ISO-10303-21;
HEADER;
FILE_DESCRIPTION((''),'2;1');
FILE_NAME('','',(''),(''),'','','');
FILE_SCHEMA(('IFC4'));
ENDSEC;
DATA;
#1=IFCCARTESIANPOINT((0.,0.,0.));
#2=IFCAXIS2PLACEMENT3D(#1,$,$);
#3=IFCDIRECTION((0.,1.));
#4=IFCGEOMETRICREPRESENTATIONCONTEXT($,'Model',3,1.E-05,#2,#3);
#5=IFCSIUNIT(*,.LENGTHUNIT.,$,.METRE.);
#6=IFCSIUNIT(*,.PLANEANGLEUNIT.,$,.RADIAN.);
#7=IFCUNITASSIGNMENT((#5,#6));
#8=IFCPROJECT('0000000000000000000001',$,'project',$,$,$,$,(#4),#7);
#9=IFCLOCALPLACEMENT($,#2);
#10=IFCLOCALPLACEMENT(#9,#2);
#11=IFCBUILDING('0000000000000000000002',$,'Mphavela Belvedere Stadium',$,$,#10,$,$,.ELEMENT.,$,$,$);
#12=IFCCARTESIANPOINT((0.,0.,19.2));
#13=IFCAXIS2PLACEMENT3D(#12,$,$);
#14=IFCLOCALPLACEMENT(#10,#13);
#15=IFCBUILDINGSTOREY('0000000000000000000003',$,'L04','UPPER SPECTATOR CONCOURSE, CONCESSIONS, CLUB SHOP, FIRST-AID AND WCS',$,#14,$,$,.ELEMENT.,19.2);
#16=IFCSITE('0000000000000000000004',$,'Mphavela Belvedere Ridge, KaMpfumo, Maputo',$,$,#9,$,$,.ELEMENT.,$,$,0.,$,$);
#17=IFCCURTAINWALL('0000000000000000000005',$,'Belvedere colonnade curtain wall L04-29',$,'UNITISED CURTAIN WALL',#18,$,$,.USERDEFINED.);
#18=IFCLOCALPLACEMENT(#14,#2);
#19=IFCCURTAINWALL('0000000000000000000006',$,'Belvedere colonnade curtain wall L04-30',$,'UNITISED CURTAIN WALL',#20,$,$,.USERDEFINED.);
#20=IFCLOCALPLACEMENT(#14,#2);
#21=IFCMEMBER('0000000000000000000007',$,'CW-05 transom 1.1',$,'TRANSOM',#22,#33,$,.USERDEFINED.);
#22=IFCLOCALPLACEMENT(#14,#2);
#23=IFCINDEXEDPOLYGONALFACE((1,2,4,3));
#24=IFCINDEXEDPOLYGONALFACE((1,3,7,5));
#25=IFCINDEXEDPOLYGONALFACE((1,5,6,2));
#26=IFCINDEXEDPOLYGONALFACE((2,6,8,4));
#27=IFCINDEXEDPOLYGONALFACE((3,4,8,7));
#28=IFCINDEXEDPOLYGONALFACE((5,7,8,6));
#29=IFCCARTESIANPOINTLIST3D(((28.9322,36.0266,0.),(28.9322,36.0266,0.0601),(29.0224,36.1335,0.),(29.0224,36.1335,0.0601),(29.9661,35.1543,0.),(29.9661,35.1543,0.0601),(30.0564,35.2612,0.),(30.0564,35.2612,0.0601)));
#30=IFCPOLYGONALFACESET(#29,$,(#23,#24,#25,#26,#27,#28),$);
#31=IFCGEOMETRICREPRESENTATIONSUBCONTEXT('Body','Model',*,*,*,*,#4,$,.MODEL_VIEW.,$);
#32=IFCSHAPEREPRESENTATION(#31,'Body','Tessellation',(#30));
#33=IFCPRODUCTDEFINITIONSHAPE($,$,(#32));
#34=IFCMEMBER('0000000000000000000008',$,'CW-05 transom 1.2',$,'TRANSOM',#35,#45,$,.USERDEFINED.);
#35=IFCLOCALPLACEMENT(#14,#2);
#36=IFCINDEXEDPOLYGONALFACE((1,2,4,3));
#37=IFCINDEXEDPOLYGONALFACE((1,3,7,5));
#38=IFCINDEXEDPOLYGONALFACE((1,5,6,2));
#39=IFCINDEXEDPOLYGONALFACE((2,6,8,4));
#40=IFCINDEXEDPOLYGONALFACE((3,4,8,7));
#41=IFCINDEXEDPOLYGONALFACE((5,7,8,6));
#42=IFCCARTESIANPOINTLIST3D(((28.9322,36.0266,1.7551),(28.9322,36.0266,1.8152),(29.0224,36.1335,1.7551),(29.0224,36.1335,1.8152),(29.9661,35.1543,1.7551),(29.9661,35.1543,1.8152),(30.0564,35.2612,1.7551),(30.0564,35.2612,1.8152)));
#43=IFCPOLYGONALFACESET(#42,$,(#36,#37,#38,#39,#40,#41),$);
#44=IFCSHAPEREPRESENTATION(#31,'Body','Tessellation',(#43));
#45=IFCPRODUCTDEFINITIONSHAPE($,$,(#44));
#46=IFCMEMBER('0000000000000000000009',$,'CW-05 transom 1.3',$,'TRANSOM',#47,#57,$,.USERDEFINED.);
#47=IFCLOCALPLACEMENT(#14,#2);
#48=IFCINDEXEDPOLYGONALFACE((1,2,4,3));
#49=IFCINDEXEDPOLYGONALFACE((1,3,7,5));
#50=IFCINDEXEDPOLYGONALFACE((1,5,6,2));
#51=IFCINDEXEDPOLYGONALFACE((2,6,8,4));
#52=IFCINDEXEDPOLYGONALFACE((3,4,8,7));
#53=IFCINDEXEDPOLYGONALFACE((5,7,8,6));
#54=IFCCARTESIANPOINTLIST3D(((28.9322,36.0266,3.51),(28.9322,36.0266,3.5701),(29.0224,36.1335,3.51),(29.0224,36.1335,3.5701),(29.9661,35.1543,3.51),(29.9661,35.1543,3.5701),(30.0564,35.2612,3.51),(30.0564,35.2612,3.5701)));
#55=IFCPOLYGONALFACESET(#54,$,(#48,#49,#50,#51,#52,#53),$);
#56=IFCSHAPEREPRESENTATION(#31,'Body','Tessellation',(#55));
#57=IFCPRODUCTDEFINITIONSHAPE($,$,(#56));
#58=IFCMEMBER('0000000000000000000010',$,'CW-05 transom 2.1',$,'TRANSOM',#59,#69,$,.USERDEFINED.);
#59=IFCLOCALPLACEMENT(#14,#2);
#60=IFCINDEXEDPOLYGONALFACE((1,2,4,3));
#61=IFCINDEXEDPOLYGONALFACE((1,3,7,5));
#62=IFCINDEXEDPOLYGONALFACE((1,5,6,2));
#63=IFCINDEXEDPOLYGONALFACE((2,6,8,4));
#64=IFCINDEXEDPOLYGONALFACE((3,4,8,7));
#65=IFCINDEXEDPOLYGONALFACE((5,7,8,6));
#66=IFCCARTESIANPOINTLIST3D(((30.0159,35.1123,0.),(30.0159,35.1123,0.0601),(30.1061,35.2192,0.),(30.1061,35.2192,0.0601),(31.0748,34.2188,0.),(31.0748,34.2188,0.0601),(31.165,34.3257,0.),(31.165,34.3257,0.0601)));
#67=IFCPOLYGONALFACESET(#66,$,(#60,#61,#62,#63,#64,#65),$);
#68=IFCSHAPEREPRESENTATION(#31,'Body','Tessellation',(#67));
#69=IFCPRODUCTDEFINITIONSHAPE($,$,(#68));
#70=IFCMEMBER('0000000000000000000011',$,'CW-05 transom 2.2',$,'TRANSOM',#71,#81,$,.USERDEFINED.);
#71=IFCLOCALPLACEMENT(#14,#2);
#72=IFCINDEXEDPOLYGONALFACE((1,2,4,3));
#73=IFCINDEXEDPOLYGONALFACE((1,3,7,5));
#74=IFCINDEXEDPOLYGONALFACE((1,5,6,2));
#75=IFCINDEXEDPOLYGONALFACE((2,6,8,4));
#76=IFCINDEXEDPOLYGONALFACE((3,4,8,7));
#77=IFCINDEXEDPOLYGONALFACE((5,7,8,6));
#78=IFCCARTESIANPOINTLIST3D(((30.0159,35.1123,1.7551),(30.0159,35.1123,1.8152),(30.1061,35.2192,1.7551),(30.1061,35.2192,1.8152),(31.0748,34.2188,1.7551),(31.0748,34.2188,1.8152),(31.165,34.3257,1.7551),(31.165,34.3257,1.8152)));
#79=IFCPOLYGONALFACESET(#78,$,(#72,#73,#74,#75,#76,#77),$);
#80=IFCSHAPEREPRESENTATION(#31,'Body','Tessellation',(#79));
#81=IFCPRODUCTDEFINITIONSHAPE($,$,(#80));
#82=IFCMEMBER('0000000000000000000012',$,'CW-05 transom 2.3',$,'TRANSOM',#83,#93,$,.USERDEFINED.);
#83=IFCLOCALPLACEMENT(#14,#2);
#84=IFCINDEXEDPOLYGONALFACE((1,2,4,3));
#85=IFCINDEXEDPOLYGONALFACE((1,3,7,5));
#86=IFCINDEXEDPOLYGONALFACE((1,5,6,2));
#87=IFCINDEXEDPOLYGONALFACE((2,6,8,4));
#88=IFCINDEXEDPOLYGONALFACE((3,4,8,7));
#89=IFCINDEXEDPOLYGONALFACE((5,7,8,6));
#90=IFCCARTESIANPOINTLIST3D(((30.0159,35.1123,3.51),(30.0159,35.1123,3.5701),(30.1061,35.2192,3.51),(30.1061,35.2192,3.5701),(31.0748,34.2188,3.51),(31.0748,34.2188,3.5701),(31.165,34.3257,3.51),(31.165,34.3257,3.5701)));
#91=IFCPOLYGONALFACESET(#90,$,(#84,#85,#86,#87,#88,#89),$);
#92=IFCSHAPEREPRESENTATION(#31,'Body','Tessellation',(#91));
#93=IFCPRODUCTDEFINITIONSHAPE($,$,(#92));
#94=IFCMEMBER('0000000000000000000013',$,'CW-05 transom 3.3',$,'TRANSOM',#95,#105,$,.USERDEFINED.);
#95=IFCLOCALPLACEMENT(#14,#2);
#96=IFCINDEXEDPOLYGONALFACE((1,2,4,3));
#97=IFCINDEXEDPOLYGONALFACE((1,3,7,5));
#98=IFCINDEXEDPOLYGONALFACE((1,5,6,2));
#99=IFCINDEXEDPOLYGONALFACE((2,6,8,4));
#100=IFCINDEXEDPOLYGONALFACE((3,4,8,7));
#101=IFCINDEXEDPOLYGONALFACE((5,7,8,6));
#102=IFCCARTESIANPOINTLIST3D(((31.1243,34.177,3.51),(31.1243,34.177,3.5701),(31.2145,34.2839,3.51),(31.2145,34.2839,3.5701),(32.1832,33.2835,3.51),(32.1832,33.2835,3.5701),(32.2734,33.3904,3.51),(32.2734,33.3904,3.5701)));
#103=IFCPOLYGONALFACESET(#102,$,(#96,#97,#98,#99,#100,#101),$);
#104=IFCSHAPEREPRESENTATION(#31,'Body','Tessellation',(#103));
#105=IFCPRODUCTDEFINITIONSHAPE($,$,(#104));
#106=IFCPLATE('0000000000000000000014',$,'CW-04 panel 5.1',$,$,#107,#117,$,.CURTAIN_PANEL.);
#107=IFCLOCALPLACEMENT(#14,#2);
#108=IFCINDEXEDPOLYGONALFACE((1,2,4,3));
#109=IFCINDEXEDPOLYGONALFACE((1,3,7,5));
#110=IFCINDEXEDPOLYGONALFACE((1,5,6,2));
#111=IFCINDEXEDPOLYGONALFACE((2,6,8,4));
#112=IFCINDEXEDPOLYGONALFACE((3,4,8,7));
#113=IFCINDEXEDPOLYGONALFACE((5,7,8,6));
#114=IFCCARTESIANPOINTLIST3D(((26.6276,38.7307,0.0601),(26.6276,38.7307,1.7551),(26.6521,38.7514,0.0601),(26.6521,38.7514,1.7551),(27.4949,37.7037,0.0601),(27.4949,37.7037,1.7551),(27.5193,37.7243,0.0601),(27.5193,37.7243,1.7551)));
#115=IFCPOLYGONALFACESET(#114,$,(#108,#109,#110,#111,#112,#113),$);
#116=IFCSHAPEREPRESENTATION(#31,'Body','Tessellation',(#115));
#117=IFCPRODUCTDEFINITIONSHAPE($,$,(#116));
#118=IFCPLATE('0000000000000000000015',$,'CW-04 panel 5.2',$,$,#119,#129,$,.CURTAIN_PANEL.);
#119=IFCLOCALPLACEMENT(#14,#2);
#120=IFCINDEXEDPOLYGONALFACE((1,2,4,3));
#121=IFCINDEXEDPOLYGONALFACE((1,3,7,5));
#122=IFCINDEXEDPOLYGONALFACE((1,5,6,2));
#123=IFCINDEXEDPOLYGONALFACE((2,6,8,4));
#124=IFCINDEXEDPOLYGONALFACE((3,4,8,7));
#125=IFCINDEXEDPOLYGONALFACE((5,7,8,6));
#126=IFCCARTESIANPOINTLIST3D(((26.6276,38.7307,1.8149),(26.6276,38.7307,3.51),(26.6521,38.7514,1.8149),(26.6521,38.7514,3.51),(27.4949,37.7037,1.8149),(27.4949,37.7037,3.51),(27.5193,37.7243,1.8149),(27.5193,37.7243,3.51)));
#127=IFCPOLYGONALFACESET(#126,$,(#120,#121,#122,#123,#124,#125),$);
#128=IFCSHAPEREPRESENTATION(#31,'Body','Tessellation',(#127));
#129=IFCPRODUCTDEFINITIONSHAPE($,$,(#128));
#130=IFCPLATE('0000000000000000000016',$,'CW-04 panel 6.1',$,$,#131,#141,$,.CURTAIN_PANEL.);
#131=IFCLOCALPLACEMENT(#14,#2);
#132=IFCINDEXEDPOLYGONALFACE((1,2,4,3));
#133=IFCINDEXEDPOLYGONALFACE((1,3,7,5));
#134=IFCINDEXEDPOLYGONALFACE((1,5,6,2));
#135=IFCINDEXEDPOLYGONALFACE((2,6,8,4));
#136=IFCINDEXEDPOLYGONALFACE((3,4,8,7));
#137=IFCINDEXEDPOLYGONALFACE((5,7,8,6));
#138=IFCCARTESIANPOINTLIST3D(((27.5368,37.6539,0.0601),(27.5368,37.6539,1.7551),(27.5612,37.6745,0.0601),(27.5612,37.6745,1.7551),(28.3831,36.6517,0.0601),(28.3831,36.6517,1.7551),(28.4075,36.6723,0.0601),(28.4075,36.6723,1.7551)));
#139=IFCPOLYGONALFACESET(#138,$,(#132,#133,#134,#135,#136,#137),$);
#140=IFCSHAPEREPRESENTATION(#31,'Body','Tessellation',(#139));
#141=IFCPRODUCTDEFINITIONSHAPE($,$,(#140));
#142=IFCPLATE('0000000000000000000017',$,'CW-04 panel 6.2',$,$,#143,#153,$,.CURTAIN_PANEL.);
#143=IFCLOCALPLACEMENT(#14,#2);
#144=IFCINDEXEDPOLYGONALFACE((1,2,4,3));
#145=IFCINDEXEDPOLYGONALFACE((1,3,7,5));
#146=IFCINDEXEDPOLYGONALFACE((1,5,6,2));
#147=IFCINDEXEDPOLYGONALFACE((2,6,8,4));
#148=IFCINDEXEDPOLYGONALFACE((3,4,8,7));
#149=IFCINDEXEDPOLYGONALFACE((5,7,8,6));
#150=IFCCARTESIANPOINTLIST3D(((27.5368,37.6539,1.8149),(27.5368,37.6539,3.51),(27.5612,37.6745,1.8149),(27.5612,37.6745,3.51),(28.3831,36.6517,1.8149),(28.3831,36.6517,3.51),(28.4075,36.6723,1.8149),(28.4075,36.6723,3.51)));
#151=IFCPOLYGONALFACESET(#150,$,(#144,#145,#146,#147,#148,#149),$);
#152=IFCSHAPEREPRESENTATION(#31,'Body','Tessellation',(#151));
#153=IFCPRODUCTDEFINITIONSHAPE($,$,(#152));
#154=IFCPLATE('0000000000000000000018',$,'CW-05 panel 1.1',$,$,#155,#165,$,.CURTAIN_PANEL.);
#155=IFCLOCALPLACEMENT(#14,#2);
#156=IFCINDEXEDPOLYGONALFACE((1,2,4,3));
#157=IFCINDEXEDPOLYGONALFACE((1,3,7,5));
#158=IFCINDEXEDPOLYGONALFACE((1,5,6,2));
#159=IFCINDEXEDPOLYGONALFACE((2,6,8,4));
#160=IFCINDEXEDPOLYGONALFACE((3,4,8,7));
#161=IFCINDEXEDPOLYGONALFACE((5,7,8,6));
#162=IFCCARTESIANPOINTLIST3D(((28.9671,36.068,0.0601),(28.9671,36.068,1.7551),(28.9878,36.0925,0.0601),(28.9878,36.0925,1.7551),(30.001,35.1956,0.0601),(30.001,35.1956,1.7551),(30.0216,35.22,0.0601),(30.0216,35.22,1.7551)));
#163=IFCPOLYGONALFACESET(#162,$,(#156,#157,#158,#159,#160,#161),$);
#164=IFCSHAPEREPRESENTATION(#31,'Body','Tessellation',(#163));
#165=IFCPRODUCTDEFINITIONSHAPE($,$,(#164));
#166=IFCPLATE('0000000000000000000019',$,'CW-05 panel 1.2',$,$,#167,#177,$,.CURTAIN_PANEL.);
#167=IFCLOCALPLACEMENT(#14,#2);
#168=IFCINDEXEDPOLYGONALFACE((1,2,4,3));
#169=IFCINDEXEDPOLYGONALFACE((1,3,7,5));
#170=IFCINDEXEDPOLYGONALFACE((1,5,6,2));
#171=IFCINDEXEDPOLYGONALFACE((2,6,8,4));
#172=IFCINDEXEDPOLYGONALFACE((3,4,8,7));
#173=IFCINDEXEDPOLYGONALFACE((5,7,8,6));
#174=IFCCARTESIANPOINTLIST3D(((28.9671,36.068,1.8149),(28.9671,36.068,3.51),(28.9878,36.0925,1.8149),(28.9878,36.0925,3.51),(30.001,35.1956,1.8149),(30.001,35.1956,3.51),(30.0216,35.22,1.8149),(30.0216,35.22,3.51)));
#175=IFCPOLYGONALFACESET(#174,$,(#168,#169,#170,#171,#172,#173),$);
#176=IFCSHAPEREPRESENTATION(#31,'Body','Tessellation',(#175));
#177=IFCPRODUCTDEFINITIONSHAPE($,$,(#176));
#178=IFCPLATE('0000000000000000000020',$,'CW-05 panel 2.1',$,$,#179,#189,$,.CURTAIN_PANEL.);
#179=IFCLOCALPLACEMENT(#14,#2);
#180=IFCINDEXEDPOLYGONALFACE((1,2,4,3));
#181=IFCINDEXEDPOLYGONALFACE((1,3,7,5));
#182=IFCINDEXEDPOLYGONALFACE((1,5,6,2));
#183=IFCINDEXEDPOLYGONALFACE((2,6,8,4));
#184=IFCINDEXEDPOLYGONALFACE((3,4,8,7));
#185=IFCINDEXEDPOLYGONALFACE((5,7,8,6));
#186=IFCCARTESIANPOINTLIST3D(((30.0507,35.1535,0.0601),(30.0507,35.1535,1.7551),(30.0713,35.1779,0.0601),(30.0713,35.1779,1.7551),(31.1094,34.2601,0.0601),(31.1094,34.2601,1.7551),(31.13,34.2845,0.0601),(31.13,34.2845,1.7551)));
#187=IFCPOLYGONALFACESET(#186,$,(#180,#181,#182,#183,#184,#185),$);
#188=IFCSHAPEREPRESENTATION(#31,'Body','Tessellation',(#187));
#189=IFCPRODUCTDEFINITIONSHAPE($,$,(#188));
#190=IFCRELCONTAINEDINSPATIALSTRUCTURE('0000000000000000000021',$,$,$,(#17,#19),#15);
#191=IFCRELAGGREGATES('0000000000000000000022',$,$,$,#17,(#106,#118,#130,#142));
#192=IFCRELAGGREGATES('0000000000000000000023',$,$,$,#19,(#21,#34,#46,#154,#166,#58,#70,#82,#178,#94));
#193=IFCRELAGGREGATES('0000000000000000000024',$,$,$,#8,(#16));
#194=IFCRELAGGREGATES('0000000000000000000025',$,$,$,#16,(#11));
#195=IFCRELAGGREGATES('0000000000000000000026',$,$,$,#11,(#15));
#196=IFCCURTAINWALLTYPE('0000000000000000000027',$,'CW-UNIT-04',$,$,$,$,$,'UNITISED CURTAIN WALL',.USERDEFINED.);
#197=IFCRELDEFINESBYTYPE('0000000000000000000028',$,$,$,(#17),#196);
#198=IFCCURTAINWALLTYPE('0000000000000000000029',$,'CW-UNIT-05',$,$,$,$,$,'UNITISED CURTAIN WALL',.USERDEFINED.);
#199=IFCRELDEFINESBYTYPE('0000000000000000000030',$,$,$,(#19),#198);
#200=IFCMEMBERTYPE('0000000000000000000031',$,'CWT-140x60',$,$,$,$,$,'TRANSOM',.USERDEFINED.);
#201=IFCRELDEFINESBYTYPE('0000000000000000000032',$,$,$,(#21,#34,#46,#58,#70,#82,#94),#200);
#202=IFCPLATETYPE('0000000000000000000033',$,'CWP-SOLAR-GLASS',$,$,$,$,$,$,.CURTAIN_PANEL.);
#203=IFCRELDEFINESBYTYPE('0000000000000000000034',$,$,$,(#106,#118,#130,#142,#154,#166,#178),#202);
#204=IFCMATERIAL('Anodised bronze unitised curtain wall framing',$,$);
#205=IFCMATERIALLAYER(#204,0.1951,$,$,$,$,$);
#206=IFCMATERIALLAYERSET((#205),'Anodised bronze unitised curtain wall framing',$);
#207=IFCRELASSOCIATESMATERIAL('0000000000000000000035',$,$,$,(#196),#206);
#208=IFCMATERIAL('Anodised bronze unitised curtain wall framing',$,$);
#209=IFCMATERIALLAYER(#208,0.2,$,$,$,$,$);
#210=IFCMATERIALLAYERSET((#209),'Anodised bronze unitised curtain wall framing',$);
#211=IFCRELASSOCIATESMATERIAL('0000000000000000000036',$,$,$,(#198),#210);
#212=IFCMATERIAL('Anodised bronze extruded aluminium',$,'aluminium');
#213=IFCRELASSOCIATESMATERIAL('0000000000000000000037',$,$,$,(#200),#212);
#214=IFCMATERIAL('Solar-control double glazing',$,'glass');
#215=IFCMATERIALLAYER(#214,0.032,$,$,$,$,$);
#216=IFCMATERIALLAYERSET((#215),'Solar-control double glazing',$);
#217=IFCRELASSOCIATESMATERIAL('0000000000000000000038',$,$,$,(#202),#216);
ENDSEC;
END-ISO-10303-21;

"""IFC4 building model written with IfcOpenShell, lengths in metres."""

from ifc_helpers import new_model, si_unit, direction, frame, origin, origin_2d, place, context, subcontext, project, spatial, rectangle, extrude, material, layer, layer_set, material_profile, profile_set, type_object, element, aggregate, save


model = new_model("IFC4")

# Units and contexts
model_context = context("Model", 3, precision=1e-05, world=origin(), true_north=direction((0.0, 1.0)))
body_context = subcontext(model_context, "Body", "Model", "MODEL_VIEW")
ifc_project = project(units=[si_unit("LENGTHUNIT", "METRE"), si_unit("PLANEANGLEUNIT", "RADIAN")], contexts=[model_context])

# Site, building, storey
site_placement = place(None, origin())
site = spatial("IfcSite", under=ifc_project, at=site_placement, Name="Mphavela Belvedere Ridge, KaMpfumo, Maputo", CompositionType="ELEMENT", RefElevation=0.0)
building_placement = place(site_placement, origin())
building = spatial("IfcBuilding", under=site, at=building_placement, Name="Mphavela Belvedere Stadium", CompositionType="ELEMENT")
storey_placement = place(building_placement, frame((0.0, 0.0, 19.2)))
storey = spatial("IfcBuildingStorey", under=building, at=storey_placement, Name="L04", Description="UPPER SPECTATOR CONCOURSE, CONCESSIONS, CLUB SHOP, FIRST-AID AND WCS", CompositionType="ELEMENT", Elevation=19.2)

# Curtain walls
ifc_material_1 = material(Name="Anodised bronze unitised curtain wall framing")
ifc_layer_1 = layer(ifc_material_1, 0.1951)
ifc_layer_set_1 = layer_set([ifc_layer_1], Name="Anodised bronze unitised curtain wall framing")
curtain_wall_type_1 = type_object("IfcCurtainWallType", Name="CW-UNIT-04", ElementType="UNITISED CURTAIN WALL", PredefinedType="USERDEFINED", material=ifc_layer_set_1)
curtain_wall_1_placement = place(storey_placement, origin())
curtain_wall_1 = element("IfcCurtainWall", 1, at=curtain_wall_1_placement, inside=storey, type_object=curtain_wall_type_1, Name="Belvedere colonnade curtain wall L04-29", ObjectType="UNITISED CURTAIN WALL", PredefinedType="USERDEFINED")
ifc_material_2 = material(Name="Anodised bronze unitised curtain wall framing")
ifc_layer_2 = layer(ifc_material_2, 0.2)
ifc_layer_set_2 = layer_set([ifc_layer_2], Name="Anodised bronze unitised curtain wall framing")
curtain_wall_type_2 = type_object("IfcCurtainWallType", Name="CW-UNIT-05", ElementType="UNITISED CURTAIN WALL", PredefinedType="USERDEFINED", material=ifc_layer_set_2)
curtain_wall_2_placement = place(storey_placement, origin())
curtain_wall_2 = element("IfcCurtainWall", 2, at=curtain_wall_2_placement, inside=storey, type_object=curtain_wall_type_2, Name="Belvedere colonnade curtain wall L04-30", ObjectType="UNITISED CURTAIN WALL", PredefinedType="USERDEFINED")

# Members
ifc_material_3 = material(Name="Anodised bronze extruded aluminium", Category="aluminium")
ifc_material_profile_1 = material_profile(ifc_material_3, rectangle(XDim=0.1399, YDim=0.0601, at=origin_2d()), Name="CW-TRN 140x60")
ifc_profile_set_1 = profile_set([ifc_material_profile_1], Name="Anodised bronze extruded aluminium")
member_type_1 = type_object("IfcMemberType", Name="CWT-140x60", ElementType="TRANSOM", PredefinedType="USERDEFINED", material=ifc_profile_set_1)
member_1_placement = place(storey_placement, frame((28.9773, 36.0801, 0.03), z_axis=(0.764317, -0.644841, 0.0), x_axis=(0.644841, 0.764317, 0.0)))
member_1 = element("IfcMember", 3, at=member_1_placement, type_object=member_type_1, Name="CW-05 transom 1.1", ObjectType="TRANSOM", PredefinedType="USERDEFINED", context=body_context, shape_type="SweptSolid", body=[
    extrude(rectangle(XDim=0.1399, YDim=0.0601, at=origin_2d()), origin(), (0.0, 0.0, 1.0), 1.3528),
])
member_2_placement = place(storey_placement, frame((28.9773, 36.0801, 1.7852), z_axis=(0.764317, -0.644841, 0.0), x_axis=(0.644841, 0.764317, 0.0)))
member_2 = element("IfcMember", 4, at=member_2_placement, type_object=member_type_1, Name="CW-05 transom 1.2", ObjectType="TRANSOM", PredefinedType="USERDEFINED", context=body_context, shape_type="SweptSolid", body=[
    extrude(rectangle(XDim=0.1399, YDim=0.0601, at=origin_2d()), origin(), (0.0, 0.0, 1.0), 1.3528),
])
member_3_placement = place(storey_placement, frame((28.9773, 36.0801, 3.54), z_axis=(0.764317, -0.644841, 0.0), x_axis=(0.644841, 0.764317, 0.0)))
member_3 = element("IfcMember", 5, at=member_3_placement, type_object=member_type_1, Name="CW-05 transom 1.3", ObjectType="TRANSOM", PredefinedType="USERDEFINED", context=body_context, shape_type="SweptSolid", body=[
    extrude(rectangle(XDim=0.1399, YDim=0.0601, at=origin_2d()), origin(), (0.0, 0.0, 1.0), 1.3528),
])
member_4_placement = place(storey_placement, frame((30.061, 35.1658, 0.03), z_axis=(0.764234, -0.644938, 0.0), x_axis=(0.644938, 0.764234, 0.0)))
member_4 = element("IfcMember", 6, at=member_4_placement, type_object=member_type_1, Name="CW-05 transom 2.1", ObjectType="TRANSOM", PredefinedType="USERDEFINED", context=body_context, shape_type="SweptSolid", body=[
    extrude(rectangle(XDim=0.1399, YDim=0.0601, at=origin_2d()), origin(), (0.0, 0.0, 1.0), 1.3855),
])
member_5_placement = place(storey_placement, frame((30.061, 35.1658, 1.7852), z_axis=(0.764234, -0.644938, 0.0), x_axis=(0.644938, 0.764234, 0.0)))
member_5 = element("IfcMember", 7, at=member_5_placement, type_object=member_type_1, Name="CW-05 transom 2.2", ObjectType="TRANSOM", PredefinedType="USERDEFINED", context=body_context, shape_type="SweptSolid", body=[
    extrude(rectangle(XDim=0.1399, YDim=0.0601, at=origin_2d()), origin(), (0.0, 0.0, 1.0), 1.3855),
])
member_6_placement = place(storey_placement, frame((30.061, 35.1658, 3.54), z_axis=(0.764234, -0.644938, 0.0), x_axis=(0.644938, 0.764234, 0.0)))
member_6 = element("IfcMember", 8, at=member_6_placement, type_object=member_type_1, Name="CW-05 transom 2.3", ObjectType="TRANSOM", PredefinedType="USERDEFINED", context=body_context, shape_type="SweptSolid", body=[
    extrude(rectangle(XDim=0.1399, YDim=0.0601, at=origin_2d()), origin(), (0.0, 0.0, 1.0), 1.3855),
])
member_7_placement = place(storey_placement, frame((31.1694, 34.2305, 3.54), z_axis=(0.764234, -0.644938, 0.0), x_axis=(0.644938, 0.764234, 0.0)))
member_7 = element("IfcMember", 9, at=member_7_placement, type_object=member_type_1, Name="CW-05 transom 3.3", ObjectType="TRANSOM", PredefinedType="USERDEFINED", context=body_context, shape_type="SweptSolid", body=[
    extrude(rectangle(XDim=0.1399, YDim=0.0601, at=origin_2d()), origin(), (0.0, 0.0, 1.0), 1.3855),
])

# Plates
ifc_material_4 = material(Name="Solar-control double glazing", Category="glass")
ifc_layer_3 = layer(ifc_material_4, 0.032)
ifc_layer_set_3 = layer_set([ifc_layer_3], Name="Solar-control double glazing")
plate_type = type_object("IfcPlateType", Name="CWP-SOLAR-GLASS", PredefinedType="CURTAIN_PANEL", material=ifc_layer_set_3)
plate_1_placement = place(storey_placement, frame((27.0735, 38.2275, 0.0601), z_axis=(0.0, 0.0, 1.0), x_axis=(0.645175, -0.764035, 0.0)))
plate_1 = element("IfcPlate", 10, at=plate_1_placement, type_object=plate_type, Name="CW-04 panel 5.1", PredefinedType="CURTAIN_PANEL", context=body_context, shape_type="SweptSolid", body=[
    extrude(rectangle(XDim=1.3442, YDim=0.032, at=origin_2d()), origin(), (0.0, 0.0, 1.0), 1.6951),
])
plate_2_placement = place(storey_placement, frame((27.0735, 38.2275, 1.8149), z_axis=(0.0, 0.0, 1.0), x_axis=(0.645175, -0.764035, 0.0)))
plate_2 = element("IfcPlate", 11, at=plate_2_placement, type_object=plate_type, Name="CW-04 panel 5.2", PredefinedType="CURTAIN_PANEL", context=body_context, shape_type="SweptSolid", body=[
    extrude(rectangle(XDim=1.3442, YDim=0.032, at=origin_2d()), origin(), (0.0, 0.0, 1.0), 1.6951),
])
plate_3_placement = place(storey_placement, frame((27.9722, 37.1631, 0.0601), z_axis=(0.0, 0.0, 1.0), x_axis=(0.645175, -0.764035, 0.0)))
plate_3 = element("IfcPlate", 12, at=plate_3_placement, type_object=plate_type, Name="CW-04 panel 6.1", PredefinedType="CURTAIN_PANEL", context=body_context, shape_type="SweptSolid", body=[
    extrude(rectangle(XDim=1.3118, YDim=0.032, at=origin_2d()), origin(), (0.0, 0.0, 1.0), 1.6951),
])
plate_4_placement = place(storey_placement, frame((27.9722, 37.1631, 1.8149), z_axis=(0.0, 0.0, 1.0), x_axis=(0.645175, -0.764035, 0.0)))
plate_4 = element("IfcPlate", 13, at=plate_4_placement, type_object=plate_type, Name="CW-04 panel 6.2", PredefinedType="CURTAIN_PANEL", context=body_context, shape_type="SweptSolid", body=[
    extrude(rectangle(XDim=1.3118, YDim=0.032, at=origin_2d()), origin(), (0.0, 0.0, 1.0), 1.6951),
])
aggregate(curtain_wall_1, [plate_1, plate_2, plate_3, plate_4])
plate_5_placement = place(storey_placement, frame((29.4944, 35.644, 0.0601), z_axis=(0.0, 0.0, 1.0), x_axis=(0.764253, -0.644916, 0.0)))
plate_5 = element("IfcPlate", 14, at=plate_5_placement, type_object=plate_type, Name="CW-05 panel 1.1", PredefinedType="CURTAIN_PANEL", context=body_context, shape_type="SweptSolid", body=[
    extrude(rectangle(XDim=1.3528, YDim=0.032, at=origin_2d()), origin(), (0.0, 0.0, 1.0), 1.6951),
])
plate_6_placement = place(storey_placement, frame((29.4944, 35.644, 1.8149), z_axis=(0.0, 0.0, 1.0), x_axis=(0.764253, -0.644916, 0.0)))
plate_6 = element("IfcPlate", 15, at=plate_6_placement, type_object=plate_type, Name="CW-05 panel 1.2", PredefinedType="CURTAIN_PANEL", context=body_context, shape_type="SweptSolid", body=[
    extrude(rectangle(XDim=1.3528, YDim=0.032, at=origin_2d()), origin(), (0.0, 0.0, 1.0), 1.6951),
])
plate_7_placement = place(storey_placement, frame((30.5903, 34.719, 0.0601), z_axis=(0.0, 0.0, 1.0), x_axis=(0.764253, -0.644916, 0.0)))
plate_7 = element("IfcPlate", 16, at=plate_7_placement, type_object=plate_type, Name="CW-05 panel 2.1", PredefinedType="CURTAIN_PANEL", context=body_context, shape_type="SweptSolid", body=[
    extrude(rectangle(XDim=1.3853, YDim=0.032, at=origin_2d()), origin(), (0.0, 0.0, 1.0), 1.6951),
])
aggregate(curtain_wall_2, [member_1, member_2, member_3, plate_5, plate_6, member_4, member_5, member_6, plate_7, member_7])

save(model, "model.ifc")
